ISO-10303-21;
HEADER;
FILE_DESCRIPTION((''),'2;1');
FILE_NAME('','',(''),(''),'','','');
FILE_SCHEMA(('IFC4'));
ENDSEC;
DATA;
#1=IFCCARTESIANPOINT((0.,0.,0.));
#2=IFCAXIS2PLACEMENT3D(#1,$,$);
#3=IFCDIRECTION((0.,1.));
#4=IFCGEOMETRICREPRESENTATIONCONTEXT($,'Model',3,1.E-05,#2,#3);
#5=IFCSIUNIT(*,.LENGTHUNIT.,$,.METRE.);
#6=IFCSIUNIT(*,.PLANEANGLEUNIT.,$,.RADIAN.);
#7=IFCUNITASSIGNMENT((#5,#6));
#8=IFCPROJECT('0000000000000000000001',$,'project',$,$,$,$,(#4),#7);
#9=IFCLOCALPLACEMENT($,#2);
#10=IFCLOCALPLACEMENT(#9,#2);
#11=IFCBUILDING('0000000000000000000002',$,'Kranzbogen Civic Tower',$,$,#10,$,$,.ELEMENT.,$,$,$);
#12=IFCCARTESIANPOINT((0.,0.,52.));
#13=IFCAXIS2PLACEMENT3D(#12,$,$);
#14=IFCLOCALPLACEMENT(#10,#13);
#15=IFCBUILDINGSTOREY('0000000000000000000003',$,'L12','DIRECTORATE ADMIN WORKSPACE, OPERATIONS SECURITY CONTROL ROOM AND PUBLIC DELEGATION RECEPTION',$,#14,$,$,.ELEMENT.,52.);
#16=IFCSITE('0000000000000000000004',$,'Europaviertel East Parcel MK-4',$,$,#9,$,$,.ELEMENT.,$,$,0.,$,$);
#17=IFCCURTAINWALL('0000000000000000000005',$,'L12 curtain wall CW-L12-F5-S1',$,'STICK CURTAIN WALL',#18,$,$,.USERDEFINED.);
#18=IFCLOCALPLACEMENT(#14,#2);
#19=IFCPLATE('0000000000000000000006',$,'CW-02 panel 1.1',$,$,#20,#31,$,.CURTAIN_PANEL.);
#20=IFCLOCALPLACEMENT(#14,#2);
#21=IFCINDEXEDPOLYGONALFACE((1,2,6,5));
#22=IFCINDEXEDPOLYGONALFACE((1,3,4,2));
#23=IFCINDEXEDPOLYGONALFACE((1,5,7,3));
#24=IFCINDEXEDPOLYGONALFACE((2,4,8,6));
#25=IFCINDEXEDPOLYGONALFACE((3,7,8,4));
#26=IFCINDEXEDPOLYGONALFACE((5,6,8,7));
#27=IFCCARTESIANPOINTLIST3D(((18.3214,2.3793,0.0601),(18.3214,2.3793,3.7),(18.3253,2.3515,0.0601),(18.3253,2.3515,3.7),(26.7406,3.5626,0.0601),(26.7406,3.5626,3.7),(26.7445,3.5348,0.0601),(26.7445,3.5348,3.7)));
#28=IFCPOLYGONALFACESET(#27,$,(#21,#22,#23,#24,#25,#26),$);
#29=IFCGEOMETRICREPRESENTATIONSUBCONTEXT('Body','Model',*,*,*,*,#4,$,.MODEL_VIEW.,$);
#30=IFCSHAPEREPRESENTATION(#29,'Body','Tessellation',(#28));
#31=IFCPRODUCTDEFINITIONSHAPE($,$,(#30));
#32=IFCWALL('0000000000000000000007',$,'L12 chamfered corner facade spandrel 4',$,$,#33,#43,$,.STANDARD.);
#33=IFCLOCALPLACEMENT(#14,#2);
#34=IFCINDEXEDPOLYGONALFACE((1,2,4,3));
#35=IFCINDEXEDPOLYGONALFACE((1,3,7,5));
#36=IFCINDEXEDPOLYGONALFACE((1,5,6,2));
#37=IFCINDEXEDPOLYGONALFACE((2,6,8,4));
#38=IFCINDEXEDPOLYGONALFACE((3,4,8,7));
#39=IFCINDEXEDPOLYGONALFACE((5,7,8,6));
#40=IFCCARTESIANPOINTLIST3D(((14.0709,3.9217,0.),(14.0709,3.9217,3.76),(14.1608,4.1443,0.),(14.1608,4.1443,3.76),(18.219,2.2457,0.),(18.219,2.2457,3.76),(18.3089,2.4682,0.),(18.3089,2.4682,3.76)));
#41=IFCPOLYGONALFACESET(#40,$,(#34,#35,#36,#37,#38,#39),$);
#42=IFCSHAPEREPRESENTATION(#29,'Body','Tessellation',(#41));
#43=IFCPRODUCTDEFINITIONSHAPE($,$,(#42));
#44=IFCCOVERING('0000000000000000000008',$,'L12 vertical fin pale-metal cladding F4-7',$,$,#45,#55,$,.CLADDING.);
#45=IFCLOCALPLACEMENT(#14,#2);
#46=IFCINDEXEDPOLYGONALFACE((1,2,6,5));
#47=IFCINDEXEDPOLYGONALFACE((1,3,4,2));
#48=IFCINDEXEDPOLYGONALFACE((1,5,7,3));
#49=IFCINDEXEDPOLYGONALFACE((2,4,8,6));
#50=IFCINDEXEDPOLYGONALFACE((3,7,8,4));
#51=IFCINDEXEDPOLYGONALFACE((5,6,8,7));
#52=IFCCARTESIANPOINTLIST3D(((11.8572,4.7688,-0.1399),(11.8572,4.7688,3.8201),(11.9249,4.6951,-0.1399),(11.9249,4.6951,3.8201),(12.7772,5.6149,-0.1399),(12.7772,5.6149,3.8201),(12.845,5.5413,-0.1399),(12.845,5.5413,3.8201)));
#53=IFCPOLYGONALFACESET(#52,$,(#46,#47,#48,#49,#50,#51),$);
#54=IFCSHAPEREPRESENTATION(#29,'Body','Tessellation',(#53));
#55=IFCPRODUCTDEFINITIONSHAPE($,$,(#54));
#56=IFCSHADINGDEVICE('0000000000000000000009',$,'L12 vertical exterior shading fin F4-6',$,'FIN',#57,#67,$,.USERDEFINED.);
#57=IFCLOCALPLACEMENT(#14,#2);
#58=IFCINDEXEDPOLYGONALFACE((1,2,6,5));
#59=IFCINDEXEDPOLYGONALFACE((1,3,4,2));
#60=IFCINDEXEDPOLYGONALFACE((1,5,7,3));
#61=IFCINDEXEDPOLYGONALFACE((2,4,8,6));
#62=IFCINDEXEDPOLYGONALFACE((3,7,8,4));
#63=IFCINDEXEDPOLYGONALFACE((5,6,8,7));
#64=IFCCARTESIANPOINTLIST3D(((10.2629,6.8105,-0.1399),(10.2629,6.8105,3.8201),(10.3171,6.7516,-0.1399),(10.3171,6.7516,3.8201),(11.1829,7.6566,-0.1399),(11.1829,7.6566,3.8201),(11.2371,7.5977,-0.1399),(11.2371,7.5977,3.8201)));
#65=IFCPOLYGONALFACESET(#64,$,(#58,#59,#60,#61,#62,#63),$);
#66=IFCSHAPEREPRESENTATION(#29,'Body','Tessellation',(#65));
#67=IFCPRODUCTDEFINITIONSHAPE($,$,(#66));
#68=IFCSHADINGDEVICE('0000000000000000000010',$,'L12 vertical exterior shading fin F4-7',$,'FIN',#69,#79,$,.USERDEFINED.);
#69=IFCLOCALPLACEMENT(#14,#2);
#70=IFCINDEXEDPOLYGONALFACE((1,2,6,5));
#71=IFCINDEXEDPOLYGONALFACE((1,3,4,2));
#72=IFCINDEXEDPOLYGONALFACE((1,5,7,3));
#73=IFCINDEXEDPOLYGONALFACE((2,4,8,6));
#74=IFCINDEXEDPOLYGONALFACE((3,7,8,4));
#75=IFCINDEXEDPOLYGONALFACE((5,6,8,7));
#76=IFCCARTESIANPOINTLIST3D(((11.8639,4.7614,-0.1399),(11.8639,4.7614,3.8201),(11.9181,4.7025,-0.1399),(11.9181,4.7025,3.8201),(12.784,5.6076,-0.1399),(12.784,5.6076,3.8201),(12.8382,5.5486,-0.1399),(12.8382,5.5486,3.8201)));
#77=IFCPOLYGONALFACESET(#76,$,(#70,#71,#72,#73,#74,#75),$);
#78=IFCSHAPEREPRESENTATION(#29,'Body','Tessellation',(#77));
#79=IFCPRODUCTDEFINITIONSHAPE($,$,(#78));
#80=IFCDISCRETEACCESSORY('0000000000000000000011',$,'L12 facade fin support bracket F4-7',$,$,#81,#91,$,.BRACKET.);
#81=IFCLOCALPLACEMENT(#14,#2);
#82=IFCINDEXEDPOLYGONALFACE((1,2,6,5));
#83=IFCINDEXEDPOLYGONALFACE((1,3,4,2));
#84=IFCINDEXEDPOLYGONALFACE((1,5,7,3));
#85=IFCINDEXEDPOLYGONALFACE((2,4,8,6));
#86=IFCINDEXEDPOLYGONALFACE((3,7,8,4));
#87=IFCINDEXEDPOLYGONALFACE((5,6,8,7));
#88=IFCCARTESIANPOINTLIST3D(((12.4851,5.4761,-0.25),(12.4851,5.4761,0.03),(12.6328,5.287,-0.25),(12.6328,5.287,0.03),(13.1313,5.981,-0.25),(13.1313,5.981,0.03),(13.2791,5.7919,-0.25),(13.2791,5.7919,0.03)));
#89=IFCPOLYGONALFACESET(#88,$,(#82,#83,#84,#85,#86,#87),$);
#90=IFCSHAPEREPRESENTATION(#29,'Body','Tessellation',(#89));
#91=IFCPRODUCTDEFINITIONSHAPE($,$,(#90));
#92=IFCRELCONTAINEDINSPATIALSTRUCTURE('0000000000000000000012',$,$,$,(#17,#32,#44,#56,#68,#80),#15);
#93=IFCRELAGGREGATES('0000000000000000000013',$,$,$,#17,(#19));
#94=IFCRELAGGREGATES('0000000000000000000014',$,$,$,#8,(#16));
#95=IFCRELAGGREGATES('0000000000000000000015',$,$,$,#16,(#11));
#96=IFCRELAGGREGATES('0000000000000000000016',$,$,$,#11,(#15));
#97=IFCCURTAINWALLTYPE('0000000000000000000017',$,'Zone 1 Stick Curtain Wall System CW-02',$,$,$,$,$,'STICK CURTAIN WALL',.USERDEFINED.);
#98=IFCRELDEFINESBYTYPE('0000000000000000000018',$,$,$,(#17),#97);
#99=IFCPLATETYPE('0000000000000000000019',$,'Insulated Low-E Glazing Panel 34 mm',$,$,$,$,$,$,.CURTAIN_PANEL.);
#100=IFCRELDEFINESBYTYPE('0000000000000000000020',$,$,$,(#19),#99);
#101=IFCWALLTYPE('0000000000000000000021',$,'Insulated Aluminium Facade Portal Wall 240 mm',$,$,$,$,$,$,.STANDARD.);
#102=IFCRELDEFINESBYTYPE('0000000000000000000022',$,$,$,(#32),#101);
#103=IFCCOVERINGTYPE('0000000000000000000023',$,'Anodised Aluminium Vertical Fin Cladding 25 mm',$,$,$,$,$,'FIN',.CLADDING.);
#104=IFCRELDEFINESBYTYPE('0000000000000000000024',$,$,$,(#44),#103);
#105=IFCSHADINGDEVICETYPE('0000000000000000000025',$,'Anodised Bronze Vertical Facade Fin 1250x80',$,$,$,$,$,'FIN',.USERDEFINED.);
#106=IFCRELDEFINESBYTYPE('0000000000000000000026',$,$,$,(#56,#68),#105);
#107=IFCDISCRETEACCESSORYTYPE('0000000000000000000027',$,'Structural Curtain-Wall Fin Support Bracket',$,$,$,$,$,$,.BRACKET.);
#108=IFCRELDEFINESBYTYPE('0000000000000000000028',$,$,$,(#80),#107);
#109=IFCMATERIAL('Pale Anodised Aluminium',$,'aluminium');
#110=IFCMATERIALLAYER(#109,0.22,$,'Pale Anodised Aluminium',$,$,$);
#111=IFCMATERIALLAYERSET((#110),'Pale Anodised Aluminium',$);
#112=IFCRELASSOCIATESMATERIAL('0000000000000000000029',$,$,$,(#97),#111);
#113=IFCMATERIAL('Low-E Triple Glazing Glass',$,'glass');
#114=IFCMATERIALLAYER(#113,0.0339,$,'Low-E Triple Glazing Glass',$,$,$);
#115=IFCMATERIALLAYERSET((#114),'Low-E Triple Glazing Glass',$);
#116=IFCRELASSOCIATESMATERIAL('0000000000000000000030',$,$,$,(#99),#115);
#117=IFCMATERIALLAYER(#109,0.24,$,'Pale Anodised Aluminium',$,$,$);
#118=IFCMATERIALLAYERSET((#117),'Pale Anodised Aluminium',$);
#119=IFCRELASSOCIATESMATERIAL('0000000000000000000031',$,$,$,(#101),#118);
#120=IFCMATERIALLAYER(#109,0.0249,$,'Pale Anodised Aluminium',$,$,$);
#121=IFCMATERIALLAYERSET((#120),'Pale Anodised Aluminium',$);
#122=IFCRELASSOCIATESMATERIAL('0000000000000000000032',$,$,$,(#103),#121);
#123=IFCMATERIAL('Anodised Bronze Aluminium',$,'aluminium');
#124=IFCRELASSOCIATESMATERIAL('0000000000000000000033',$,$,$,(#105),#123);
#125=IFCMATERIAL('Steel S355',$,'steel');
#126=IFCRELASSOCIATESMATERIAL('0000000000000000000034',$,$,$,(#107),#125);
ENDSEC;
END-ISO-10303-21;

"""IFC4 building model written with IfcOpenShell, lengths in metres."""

from ifc_helpers import new_model, si_unit, direction, frame, frame_2d, origin, origin_2d, place, context, subcontext, project, spatial, rectangle, extrude, material, layer, layer_set, type_object, element, aggregate, save


model = new_model("IFC4")

# Units and contexts
model_context = context("Model", 3, precision=1e-05, world=origin(), true_north=direction((0.0, 1.0)))
body_context = subcontext(model_context, "Body", "Model", "MODEL_VIEW")
ifc_project = project(units=[si_unit("LENGTHUNIT", "METRE"), si_unit("PLANEANGLEUNIT", "RADIAN")], contexts=[model_context])

# Site, building, storey
site_placement = place(None, origin())
site = spatial("IfcSite", under=ifc_project, at=site_placement, Name="Europaviertel East Parcel MK-4", CompositionType="ELEMENT", RefElevation=0.0)
building_placement = place(site_placement, origin())
building = spatial("IfcBuilding", under=site, at=building_placement, Name="Kranzbogen Civic Tower", CompositionType="ELEMENT")
storey_placement = place(building_placement, frame((0.0, 0.0, 52.0)))
storey = spatial("IfcBuildingStorey", under=building, at=storey_placement, Name="L12", Description="DIRECTORATE ADMIN WORKSPACE, OPERATIONS SECURITY CONTROL ROOM AND PUBLIC DELEGATION RECEPTION", CompositionType="ELEMENT", Elevation=52.0)

# Shared definitions
ifc_material_1 = material(Name="Pale Anodised Aluminium", Category="aluminium")
ifc_layer_1 = layer(ifc_material_1, 0.22, Name="Pale Anodised Aluminium")
ifc_layer_set_1 = layer_set([ifc_layer_1], Name="Pale Anodised Aluminium")
curtain_wall_type = type_object("IfcCurtainWallType", Name="Zone 1 Stick Curtain Wall System CW-02", ElementType="STICK CURTAIN WALL", PredefinedType="USERDEFINED", material=ifc_layer_set_1)

# Curtain wall
curtain_wall_1_placement = place(storey_placement, origin())
curtain_wall_1 = element("IfcCurtainWall", 1, at=curtain_wall_1_placement, inside=storey, type_object=curtain_wall_type, Name="L12 curtain wall CW-L12-F5-S1", ObjectType="STICK CURTAIN WALL", PredefinedType="USERDEFINED")

# Shared definitions
ifc_material_2 = material(Name="Steel S355", Category="steel")

# Plate
ifc_material_3 = material(Name="Low-E Triple Glazing Glass", Category="glass")
ifc_layer_2 = layer(ifc_material_3, 0.0339, Name="Low-E Triple Glazing Glass")
ifc_layer_set_2 = layer_set([ifc_layer_2], Name="Low-E Triple Glazing Glass")
plate_type = type_object("IfcPlateType", Name="Insulated Low-E Glazing Panel 34 mm", PredefinedType="CURTAIN_PANEL", material=ifc_layer_set_2)
plate_placement = place(storey_placement, frame((22.533, 2.957, 0.0601), z_axis=(0.0, 0.0, 1.0), x_axis=(0.990267, 0.13918, 0.0)))
plate = element("IfcPlate", 2, at=plate_placement, type_object=plate_type, Name="CW-02 panel 1.1", PredefinedType="CURTAIN_PANEL", context=body_context, shape_type="SweptSolid", body=[
    extrude(rectangle(XDim=8.502, YDim=0.0281, at=origin_2d()), origin(), (0.0, 0.0, 1.0), 3.6399),
])
aggregate(curtain_wall_1, [plate])

# Wall
ifc_layer_3 = layer(ifc_material_1, 0.24, Name="Pale Anodised Aluminium")
ifc_layer_set_3 = layer_set([ifc_layer_3], Name="Pale Anodised Aluminium")
wall_type = type_object("IfcWallType", Name="Insulated Aluminium Facade Portal Wall 240 mm", PredefinedType="STANDARD", material=ifc_layer_set_3)
wall_placement = place(storey_placement, frame((14.116, 4.033, 0.0), z_axis=(0.0, 0.0, 1.0), x_axis=(0.927173, -0.374634, 0.0)))
element("IfcWall", 3, at=wall_placement, inside=storey, type_object=wall_type, Name="L12 chamfered corner facade spandrel 4", PredefinedType="STANDARD", context=body_context, shape_type="SweptSolid", body=[
    extrude(rectangle(XDim=4.4739, YDim=0.24, at=frame_2d((2.2368, 0.0))), origin(), (0.0, 0.0, 1.0), 3.76),
])

# Covering
ifc_layer_4 = layer(ifc_material_1, 0.0249, Name="Pale Anodised Aluminium")
ifc_layer_set_4 = layer_set([ifc_layer_4], Name="Pale Anodised Aluminium")
covering_type = type_object("IfcCoveringType", Name="Anodised Aluminium Vertical Fin Cladding 25 mm", ElementType="FIN", PredefinedType="CLADDING", material=ifc_layer_set_4)
covering_placement = place(storey_placement, frame((12.3511, 5.155, -0.1399), z_axis=(0.0, 0.0, 1.0), x_axis=(-0.736062, -0.676915, 0.0)))
element("IfcCovering", 4, at=covering_placement, inside=storey, type_object=covering_type, Name="L12 vertical fin pale-metal cladding F4-7", PredefinedType="CLADDING", context=body_context, shape_type="SweptSolid", body=[
    extrude(rectangle(XDim=1.25, YDim=0.1001, at=origin_2d()), origin(), (0.0, 0.0, 1.0), 3.96),
])

# Shading devices
ifc_material_4 = material(Name="Anodised Bronze Aluminium", Category="aluminium")
shading_device_type = type_object("IfcShadingDeviceType", Name="Anodised Bronze Vertical Facade Fin 1250x80", ElementType="FIN", PredefinedType="USERDEFINED", material=ifc_material_4)
for number, where, z_axis, x_axis, name in (
    (5, (10.75, 7.2041, -0.1399), (0.0, 0.0, 1.0), (-0.736062, -0.676915, 0.0), "L12 vertical exterior shading fin F4-6"),
    (6, (12.3511, 5.155, -0.1399), (0.0, 0.0, 1.0), (-0.736062, -0.676915, 0.0), "L12 vertical exterior shading fin F4-7"),
):
    element("IfcShadingDevice", number, at=place(storey_placement, frame(where, z_axis=z_axis, x_axis=x_axis)), inside=storey, type_object=shading_device_type, Name=name, ObjectType="FIN", PredefinedType="USERDEFINED", context=body_context, shape_type="SweptSolid", body=[
        extrude(rectangle(XDim=1.25, YDim=0.0801, at=origin_2d()), origin(), (0.0, 0.0, 1.0), 3.96),
    ])

# Discrete accessory
discrete_accessory_type = type_object("IfcDiscreteAccessoryType", Name="Structural Curtain-Wall Fin Support Bracket", PredefinedType="BRACKET", material=ifc_material_2)
discrete_accessory_placement = place(storey_placement, frame((12.8821, 5.634, -0.25), z_axis=(0.0, 0.0, 1.0), x_axis=(-0.788011, -0.615661, 0.0)))
element("IfcDiscreteAccessory", 7, at=discrete_accessory_placement, inside=storey, type_object=discrete_accessory_type, Name="L12 facade fin support bracket F4-7", PredefinedType="BRACKET", context=body_context, shape_type="SweptSolid", body=[
    extrude(rectangle(XDim=0.8201, YDim=0.24, at=origin_2d()), origin(), (0.0, 0.0, 1.0), 0.28),
])

save(model, "model.ifc")
